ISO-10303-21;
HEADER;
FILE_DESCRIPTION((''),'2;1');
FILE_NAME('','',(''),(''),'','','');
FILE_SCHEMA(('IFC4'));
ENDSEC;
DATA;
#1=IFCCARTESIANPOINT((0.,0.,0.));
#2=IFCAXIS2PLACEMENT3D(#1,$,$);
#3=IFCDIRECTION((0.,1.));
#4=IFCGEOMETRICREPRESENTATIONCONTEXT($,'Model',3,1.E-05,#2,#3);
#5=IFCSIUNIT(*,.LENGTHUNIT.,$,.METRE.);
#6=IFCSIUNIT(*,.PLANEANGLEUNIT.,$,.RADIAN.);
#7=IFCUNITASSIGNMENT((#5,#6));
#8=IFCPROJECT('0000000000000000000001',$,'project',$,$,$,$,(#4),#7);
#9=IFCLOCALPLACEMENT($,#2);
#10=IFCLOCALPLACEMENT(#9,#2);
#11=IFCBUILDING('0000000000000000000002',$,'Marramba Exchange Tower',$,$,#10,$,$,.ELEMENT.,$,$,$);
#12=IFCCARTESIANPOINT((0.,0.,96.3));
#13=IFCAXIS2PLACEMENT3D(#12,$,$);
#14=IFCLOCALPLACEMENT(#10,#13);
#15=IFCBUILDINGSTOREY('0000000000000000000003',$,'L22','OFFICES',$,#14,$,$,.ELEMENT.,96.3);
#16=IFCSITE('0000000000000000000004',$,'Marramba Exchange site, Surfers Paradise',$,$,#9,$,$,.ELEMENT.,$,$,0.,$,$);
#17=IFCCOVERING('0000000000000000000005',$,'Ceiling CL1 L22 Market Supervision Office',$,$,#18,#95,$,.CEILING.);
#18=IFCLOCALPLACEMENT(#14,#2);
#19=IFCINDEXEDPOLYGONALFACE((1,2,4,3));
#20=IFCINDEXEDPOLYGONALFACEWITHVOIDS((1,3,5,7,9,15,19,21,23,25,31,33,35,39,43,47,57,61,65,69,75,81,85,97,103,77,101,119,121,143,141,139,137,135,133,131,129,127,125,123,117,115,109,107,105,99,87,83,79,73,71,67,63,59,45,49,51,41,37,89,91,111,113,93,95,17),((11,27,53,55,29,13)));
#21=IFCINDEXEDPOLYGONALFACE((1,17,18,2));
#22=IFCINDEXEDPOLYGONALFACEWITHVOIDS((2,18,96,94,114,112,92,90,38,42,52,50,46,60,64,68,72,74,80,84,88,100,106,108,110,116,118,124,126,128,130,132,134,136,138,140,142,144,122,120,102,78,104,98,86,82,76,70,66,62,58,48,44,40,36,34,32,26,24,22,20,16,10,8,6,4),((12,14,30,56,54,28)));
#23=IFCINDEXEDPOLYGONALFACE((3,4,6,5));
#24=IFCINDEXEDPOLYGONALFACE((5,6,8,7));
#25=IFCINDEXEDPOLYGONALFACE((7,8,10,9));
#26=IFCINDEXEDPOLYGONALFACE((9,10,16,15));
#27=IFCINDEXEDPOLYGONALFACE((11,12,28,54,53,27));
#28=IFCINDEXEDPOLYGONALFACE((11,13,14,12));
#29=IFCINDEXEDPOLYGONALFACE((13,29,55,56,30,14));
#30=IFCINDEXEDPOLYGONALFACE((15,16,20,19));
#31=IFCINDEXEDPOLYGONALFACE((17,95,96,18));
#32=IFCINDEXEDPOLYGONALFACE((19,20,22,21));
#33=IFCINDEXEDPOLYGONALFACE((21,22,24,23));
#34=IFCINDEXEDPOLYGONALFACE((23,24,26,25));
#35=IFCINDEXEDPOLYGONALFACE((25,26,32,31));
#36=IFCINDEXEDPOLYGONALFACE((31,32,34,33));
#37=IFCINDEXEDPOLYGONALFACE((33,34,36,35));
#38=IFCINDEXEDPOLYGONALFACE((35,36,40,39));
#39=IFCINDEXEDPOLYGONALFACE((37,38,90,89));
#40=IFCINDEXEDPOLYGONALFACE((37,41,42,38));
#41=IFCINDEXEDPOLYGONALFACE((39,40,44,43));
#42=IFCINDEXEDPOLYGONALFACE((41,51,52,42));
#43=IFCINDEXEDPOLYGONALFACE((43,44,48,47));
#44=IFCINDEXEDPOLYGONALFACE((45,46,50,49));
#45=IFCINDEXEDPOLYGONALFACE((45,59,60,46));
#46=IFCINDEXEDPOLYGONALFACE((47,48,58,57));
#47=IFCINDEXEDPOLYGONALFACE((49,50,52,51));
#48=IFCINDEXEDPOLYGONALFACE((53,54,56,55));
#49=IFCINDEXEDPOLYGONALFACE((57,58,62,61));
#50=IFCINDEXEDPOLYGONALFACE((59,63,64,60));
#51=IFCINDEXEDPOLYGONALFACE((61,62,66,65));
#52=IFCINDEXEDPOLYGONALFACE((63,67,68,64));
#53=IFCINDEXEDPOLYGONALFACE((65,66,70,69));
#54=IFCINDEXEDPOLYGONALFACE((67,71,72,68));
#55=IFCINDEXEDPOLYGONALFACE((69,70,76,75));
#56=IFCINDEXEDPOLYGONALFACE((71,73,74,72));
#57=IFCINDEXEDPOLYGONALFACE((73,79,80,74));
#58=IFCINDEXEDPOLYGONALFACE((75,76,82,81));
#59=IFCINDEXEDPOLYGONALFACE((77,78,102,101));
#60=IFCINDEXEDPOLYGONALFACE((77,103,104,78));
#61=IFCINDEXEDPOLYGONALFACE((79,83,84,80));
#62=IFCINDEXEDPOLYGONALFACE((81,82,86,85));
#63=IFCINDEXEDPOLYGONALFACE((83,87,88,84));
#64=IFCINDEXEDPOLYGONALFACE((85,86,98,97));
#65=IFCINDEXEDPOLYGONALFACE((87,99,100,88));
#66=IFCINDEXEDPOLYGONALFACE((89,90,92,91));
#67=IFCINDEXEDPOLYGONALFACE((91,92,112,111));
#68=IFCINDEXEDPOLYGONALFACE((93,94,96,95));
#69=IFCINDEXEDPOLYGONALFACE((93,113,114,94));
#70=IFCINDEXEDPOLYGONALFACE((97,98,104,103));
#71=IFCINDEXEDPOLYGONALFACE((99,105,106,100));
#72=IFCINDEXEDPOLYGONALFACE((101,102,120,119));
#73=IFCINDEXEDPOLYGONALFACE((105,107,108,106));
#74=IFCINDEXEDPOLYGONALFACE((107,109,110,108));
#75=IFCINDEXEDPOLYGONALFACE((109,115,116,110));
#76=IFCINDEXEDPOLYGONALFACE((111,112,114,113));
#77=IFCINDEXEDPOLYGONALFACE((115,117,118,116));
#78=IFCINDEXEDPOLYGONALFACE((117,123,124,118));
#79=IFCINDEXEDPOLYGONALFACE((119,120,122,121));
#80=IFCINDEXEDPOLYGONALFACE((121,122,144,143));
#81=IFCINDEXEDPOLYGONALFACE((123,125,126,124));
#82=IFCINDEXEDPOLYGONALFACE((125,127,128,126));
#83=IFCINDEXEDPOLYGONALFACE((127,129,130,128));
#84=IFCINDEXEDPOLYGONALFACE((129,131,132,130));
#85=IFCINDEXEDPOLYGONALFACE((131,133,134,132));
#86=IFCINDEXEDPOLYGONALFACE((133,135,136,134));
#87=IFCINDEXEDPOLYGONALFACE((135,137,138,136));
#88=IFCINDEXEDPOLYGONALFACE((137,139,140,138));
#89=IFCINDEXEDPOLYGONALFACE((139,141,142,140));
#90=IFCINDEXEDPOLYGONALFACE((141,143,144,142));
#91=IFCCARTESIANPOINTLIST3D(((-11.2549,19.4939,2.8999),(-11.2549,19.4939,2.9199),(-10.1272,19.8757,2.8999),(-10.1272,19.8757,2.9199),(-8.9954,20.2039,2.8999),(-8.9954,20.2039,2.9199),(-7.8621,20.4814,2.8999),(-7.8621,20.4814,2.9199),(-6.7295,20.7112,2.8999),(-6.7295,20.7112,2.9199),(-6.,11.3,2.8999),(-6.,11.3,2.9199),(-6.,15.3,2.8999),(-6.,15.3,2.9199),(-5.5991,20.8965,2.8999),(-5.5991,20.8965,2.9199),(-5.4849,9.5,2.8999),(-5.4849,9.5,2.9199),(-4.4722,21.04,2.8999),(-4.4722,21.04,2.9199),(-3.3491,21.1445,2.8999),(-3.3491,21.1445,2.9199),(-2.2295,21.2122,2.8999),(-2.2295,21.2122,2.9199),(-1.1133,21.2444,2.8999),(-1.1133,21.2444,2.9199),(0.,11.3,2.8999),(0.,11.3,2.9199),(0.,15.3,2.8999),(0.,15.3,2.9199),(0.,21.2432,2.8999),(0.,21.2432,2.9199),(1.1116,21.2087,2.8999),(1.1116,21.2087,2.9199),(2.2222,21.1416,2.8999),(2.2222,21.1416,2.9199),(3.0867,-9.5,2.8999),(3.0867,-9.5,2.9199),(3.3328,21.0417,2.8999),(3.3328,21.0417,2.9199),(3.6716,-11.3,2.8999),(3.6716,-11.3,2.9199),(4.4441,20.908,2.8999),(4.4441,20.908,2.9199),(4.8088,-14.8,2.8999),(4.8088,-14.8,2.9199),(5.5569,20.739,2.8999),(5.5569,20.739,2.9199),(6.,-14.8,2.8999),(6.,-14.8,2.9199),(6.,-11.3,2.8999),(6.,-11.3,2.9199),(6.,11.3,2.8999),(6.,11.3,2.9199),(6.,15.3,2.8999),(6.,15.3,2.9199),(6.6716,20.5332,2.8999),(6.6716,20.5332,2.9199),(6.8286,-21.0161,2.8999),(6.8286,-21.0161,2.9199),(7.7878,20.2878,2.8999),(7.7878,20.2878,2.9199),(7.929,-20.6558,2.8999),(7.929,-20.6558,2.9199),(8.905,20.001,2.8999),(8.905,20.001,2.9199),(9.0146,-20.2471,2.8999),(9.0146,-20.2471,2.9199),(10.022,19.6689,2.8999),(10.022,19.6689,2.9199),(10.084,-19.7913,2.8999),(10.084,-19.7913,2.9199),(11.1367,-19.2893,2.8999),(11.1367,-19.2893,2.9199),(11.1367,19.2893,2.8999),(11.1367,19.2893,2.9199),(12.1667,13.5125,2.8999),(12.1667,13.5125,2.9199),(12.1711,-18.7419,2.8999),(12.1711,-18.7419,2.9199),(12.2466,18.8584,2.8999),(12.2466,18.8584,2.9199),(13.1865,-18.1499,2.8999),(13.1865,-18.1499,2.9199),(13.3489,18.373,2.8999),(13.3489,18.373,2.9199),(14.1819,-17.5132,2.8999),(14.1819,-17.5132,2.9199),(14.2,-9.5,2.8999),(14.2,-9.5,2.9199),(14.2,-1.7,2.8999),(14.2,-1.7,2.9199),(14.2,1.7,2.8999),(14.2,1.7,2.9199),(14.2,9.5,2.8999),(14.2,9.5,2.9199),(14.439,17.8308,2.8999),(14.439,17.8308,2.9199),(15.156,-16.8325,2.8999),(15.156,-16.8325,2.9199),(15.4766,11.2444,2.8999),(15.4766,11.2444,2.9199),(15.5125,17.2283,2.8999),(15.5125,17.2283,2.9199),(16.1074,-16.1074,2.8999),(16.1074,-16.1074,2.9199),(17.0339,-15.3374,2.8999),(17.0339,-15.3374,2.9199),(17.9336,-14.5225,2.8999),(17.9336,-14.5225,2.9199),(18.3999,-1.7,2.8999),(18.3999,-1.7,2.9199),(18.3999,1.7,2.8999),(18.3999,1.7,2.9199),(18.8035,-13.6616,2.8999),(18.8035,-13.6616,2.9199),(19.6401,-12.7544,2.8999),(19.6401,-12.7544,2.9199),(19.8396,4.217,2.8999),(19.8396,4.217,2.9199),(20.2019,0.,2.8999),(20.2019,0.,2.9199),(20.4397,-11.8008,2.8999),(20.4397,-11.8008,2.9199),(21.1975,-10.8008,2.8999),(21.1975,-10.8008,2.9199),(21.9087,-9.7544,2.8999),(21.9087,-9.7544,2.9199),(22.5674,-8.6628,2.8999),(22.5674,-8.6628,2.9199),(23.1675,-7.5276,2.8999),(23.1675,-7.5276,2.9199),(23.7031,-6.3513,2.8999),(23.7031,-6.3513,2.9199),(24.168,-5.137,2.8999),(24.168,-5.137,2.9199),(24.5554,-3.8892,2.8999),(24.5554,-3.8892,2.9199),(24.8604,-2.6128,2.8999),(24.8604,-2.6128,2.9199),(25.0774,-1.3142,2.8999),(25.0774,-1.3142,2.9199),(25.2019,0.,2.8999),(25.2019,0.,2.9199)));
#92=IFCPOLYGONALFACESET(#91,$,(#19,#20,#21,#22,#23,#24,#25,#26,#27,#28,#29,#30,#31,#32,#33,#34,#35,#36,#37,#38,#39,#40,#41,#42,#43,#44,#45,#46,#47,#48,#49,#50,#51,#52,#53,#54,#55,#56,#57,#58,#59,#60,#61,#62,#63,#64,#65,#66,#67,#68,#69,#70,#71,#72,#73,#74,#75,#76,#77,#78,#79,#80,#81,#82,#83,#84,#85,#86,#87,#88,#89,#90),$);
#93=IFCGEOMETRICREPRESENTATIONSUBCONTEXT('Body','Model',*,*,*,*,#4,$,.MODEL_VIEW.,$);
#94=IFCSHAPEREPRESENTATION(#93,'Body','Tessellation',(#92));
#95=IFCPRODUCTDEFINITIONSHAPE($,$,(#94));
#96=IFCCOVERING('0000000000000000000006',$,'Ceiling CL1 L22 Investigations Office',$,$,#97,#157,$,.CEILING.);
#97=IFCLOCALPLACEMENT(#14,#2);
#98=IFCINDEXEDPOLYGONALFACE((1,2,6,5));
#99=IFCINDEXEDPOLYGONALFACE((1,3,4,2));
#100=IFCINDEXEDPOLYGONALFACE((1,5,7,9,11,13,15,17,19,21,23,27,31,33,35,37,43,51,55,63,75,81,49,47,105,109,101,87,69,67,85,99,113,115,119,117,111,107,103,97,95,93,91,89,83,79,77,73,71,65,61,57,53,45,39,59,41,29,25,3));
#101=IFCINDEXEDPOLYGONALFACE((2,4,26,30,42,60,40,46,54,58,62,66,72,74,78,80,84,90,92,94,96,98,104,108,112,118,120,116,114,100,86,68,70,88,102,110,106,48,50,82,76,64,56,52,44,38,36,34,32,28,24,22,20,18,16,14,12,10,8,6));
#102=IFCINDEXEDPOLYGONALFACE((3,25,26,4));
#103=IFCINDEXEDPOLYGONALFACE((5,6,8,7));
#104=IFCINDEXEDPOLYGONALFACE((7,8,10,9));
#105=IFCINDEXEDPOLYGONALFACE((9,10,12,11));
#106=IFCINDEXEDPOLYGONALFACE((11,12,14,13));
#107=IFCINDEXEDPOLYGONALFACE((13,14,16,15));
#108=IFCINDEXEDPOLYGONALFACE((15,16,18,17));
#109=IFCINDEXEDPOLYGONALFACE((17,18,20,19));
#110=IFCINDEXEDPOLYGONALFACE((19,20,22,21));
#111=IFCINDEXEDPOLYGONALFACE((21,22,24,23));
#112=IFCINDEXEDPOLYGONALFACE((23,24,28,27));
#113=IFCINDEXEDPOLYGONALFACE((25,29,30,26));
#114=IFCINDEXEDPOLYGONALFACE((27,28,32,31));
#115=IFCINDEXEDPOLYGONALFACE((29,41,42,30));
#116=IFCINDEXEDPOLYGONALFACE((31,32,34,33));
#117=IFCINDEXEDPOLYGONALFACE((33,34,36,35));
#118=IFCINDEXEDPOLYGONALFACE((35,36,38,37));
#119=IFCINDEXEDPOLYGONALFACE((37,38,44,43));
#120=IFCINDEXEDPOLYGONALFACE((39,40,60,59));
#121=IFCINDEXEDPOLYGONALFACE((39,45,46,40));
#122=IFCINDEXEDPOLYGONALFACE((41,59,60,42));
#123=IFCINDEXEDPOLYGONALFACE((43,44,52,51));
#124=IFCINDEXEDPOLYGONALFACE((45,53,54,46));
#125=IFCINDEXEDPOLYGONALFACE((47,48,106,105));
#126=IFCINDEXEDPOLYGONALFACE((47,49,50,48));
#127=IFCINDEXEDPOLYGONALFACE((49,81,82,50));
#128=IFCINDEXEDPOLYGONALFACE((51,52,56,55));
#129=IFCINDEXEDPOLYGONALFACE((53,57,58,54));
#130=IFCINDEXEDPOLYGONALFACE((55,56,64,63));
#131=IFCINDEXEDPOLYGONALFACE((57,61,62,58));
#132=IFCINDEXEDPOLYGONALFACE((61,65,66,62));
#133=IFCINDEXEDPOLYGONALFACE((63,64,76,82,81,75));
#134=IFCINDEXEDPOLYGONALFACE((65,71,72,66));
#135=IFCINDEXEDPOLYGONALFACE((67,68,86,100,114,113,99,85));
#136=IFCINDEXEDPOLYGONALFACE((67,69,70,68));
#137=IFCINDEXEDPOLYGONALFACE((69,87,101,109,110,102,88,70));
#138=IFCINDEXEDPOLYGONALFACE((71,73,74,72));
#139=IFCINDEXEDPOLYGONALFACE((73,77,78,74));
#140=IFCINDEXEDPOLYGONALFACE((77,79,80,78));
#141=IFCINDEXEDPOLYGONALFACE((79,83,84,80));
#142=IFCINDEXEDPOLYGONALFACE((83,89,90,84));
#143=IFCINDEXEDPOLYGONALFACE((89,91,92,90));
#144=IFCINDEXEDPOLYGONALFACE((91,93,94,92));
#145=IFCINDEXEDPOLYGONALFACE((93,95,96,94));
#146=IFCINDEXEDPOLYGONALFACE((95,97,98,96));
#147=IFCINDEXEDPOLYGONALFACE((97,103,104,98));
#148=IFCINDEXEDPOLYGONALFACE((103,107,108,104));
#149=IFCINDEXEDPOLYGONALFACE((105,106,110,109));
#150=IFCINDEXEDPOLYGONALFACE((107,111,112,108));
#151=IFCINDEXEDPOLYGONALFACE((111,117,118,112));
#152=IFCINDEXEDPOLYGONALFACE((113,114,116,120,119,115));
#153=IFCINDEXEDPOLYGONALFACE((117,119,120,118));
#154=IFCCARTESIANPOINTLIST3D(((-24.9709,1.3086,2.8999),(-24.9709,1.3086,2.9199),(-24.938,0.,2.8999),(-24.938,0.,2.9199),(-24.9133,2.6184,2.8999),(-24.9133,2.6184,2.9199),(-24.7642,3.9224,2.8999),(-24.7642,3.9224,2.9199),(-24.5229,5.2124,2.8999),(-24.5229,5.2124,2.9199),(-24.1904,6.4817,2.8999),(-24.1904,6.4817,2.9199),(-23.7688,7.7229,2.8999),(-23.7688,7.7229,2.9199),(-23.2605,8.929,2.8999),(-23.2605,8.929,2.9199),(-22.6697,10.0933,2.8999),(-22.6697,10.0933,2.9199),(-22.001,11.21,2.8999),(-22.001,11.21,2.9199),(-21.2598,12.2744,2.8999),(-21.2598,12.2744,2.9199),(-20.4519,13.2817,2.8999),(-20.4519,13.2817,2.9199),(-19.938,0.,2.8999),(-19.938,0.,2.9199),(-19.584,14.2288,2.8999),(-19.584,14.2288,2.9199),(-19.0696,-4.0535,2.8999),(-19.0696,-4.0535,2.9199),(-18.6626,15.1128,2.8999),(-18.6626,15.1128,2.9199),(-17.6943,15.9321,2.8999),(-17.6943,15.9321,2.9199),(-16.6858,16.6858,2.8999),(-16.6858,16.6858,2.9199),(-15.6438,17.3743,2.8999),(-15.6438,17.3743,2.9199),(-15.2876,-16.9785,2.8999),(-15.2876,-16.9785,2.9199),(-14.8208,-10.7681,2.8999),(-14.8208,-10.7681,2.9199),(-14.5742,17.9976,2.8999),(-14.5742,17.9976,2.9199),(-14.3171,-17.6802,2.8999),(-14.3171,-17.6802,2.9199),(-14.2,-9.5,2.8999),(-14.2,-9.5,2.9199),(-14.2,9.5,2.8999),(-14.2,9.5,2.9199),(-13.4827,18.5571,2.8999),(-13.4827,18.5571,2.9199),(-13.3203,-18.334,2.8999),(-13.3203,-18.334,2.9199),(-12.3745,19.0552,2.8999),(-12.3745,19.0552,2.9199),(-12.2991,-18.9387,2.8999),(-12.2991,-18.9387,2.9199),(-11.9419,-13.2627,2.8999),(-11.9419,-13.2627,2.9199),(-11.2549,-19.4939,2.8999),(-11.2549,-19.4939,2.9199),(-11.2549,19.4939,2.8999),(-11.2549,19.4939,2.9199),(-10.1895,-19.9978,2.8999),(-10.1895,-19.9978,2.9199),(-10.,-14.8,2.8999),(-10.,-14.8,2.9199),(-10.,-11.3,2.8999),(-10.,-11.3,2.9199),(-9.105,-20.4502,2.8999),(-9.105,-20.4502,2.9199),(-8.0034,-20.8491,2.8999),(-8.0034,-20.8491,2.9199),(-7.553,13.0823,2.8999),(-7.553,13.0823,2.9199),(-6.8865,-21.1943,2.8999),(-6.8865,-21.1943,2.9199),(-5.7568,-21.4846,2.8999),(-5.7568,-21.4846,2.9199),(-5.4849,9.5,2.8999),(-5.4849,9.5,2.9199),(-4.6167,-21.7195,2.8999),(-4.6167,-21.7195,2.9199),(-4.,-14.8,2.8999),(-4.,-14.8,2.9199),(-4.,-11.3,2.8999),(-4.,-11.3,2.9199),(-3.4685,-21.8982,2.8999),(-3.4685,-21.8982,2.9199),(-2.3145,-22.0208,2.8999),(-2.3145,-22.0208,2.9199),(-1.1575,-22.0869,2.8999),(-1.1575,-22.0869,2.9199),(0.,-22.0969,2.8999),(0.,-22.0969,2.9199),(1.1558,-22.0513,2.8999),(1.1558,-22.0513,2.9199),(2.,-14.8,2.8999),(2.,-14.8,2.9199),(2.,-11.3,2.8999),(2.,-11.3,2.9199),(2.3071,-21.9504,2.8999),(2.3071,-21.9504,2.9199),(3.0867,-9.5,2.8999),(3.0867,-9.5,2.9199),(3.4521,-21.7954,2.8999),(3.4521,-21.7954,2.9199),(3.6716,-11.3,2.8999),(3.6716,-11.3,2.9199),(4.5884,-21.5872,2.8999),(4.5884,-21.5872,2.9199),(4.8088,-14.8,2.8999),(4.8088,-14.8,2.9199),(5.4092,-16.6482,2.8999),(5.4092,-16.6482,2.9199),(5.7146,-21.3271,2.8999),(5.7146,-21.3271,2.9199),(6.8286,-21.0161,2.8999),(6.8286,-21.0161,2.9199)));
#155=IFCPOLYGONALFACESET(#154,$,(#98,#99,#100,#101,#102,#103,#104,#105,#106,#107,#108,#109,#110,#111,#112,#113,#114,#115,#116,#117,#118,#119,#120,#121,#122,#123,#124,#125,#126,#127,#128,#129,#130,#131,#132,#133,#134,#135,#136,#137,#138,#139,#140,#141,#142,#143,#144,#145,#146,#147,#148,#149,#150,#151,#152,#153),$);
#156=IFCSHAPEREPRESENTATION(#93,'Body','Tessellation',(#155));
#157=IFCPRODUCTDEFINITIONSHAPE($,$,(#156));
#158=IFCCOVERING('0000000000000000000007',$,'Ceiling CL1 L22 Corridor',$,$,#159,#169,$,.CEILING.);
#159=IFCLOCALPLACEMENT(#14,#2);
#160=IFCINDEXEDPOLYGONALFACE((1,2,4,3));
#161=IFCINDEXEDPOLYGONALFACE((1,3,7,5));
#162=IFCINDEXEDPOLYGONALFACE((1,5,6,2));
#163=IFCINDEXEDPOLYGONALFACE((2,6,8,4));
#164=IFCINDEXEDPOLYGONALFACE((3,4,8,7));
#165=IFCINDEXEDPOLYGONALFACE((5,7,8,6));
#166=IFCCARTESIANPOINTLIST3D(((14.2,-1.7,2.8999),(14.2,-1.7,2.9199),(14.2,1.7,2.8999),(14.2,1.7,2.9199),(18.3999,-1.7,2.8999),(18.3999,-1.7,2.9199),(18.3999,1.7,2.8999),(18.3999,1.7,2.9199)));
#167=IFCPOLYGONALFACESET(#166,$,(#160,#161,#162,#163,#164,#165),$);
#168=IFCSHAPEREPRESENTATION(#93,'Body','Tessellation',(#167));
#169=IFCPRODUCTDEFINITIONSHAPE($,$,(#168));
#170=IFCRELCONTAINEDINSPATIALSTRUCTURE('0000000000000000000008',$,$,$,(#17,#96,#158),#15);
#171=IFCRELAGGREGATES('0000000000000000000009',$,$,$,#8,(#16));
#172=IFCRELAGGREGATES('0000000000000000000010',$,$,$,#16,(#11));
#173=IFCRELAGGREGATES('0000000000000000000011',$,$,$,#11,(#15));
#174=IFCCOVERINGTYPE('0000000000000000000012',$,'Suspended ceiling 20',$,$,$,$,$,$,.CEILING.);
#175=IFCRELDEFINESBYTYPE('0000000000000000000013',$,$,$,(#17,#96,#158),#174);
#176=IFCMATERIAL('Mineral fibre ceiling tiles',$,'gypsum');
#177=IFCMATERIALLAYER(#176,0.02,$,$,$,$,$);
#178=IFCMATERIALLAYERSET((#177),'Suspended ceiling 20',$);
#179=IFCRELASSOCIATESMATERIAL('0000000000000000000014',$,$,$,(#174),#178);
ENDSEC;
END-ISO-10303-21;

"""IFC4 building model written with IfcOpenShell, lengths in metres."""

from ifc_helpers import new_model, si_unit, direction, frame, origin, place, context, subcontext, project, spatial, polyline, outline, extrude, material, layer, layer_set, type_object, element, save


model = new_model("IFC4")

# Units and contexts
model_context = context("Model", 3, precision=1e-05, world=origin(), true_north=direction((0.0, 1.0)))
body_context = subcontext(model_context, "Body", "Model", "MODEL_VIEW")
ifc_project = project(units=[si_unit("LENGTHUNIT", "METRE"), si_unit("PLANEANGLEUNIT", "RADIAN")], contexts=[model_context])

# Site, building, storey
site_placement = place(None, origin())
site = spatial("IfcSite", under=ifc_project, at=site_placement, Name="Marramba Exchange site, Surfers Paradise", CompositionType="ELEMENT", RefElevation=0.0)
building_placement = place(site_placement, origin())
building = spatial("IfcBuilding", under=site, at=building_placement, Name="Marramba Exchange Tower", CompositionType="ELEMENT")
storey_placement = place(building_placement, frame((0.0, 0.0, 96.3)))
storey = spatial("IfcBuildingStorey", under=building, at=storey_placement, Name="L22", Description="OFFICES", CompositionType="ELEMENT", Elevation=96.3)

# Coverings
ifc_material_1 = material(Name="Mineral fibre ceiling tiles", Category="gypsum")
ifc_layer_1 = layer(ifc_material_1, 0.02)
ifc_layer_set_1 = layer_set([ifc_layer_1], Name="Suspended ceiling 20")
covering_type = type_object("IfcCoveringType", Name="Suspended ceiling 20", PredefinedType="CEILING", material=ifc_layer_set_1)
covering_1_placement = place(storey_placement, frame((0.0, 0.0, 2.8999)))
element("IfcCovering", 1, at=covering_1_placement, inside=storey, type_object=covering_type, Name="Ceiling CL1 L22 Market Supervision Office", PredefinedType="CEILING", context=body_context, shape_type="SweptSolid", body=[
    extrude(outline(polyline([(14.2, -1.7), (18.3999, -1.7), (18.3999, 1.7), (14.2, 1.7), (14.2, 9.5), (-5.4849, 9.5), (-11.2549, 19.4939), (-10.1272, 19.8757), (-8.9954, 20.2039), (-7.8621, 20.4814), (-6.7295, 20.7112), (-5.5991, 20.8965), (-4.4722, 21.04), (-3.3491, 21.1445), (-2.2295, 21.2122), (-1.1133, 21.2444), (0.0, 21.2432), (1.1116, 21.2087), (2.2222, 21.1416), (3.3328, 21.0417), (4.4441, 20.908), (5.5569, 20.739), (6.6716, 20.5332), (7.7878, 20.2878), (8.905, 20.001), (10.022, 19.6689), (11.1367, 19.2893), (12.2466, 18.8584), (13.3489, 18.373), (14.439, 17.8308), (15.5125, 17.2283), (12.1667, 13.5125), (15.4766, 11.2444), (19.8396, 4.217), (20.2019, 0.0), (25.2019, 0.0), (25.0774, -1.3142), (24.8604, -2.6128), (24.5554, -3.8892), (24.168, -5.137), (23.7031, -6.3513), (23.1675, -7.5276), (22.5674, -8.6628), (21.9087, -9.7544), (21.1975, -10.8008), (20.4397, -11.8008), (19.6401, -12.7544), (18.8035, -13.6616), (17.9336, -14.5225), (17.0339, -15.3374), (16.1074, -16.1074), (15.156, -16.8325), (14.1819, -17.5132), (13.1865, -18.1499), (12.1711, -18.7419), (11.1367, -19.2893), (10.084, -19.7913), (9.0146, -20.2471), (7.929, -20.6558), (6.8286, -21.0161), (4.8088, -14.8), (6.0, -14.8), (6.0, -11.3), (3.6716, -11.3), (3.0867, -9.5), (14.2, -9.5), (14.2, -1.7)]), holes=[polyline([(-6.0, 11.3), (0.0, 11.3), (6.0, 11.3), (6.0, 15.3), (0.0, 15.3), (-6.0, 15.3), (-6.0, 11.3)])]), origin(), (0.0, 0.0, 1.0), 0.02),
])
covering_2_placement = place(storey_placement, frame((0.0, 0.0, 2.8999)))
element("IfcCovering", 2, at=covering_2_placement, inside=storey, type_object=covering_type, Name="Ceiling CL1 L22 Investigations Office", PredefinedType="CEILING", context=body_context, shape_type="SweptSolid", body=[
    extrude(outline(polyline([(-14.2, -9.5), (3.0867, -9.5), (3.6716, -11.3), (2.0, -11.3), (-4.0, -11.3), (-10.0, -11.3), (-10.0, -14.8), (-4.0, -14.8), (2.0, -14.8), (4.8088, -14.8), (5.4092, -16.6482), (6.8286, -21.0161), (5.7146, -21.3271), (4.5884, -21.5872), (3.4521, -21.7954), (2.3071, -21.9504), (1.1558, -22.0513), (0.0, -22.0969), (-1.1575, -22.0869), (-2.3145, -22.0208), (-3.4685, -21.8982), (-4.6167, -21.7195), (-5.7568, -21.4846), (-6.8865, -21.1943), (-8.0034, -20.8491), (-9.105, -20.4502), (-10.1895, -19.9978), (-11.2549, -19.4939), (-12.2991, -18.9387), (-13.3203, -18.334), (-14.3171, -17.6802), (-15.2876, -16.9785), (-11.9419, -13.2627), (-14.8208, -10.7681), (-19.0696, -4.0535), (-19.938, 0.0), (-24.938, 0.0), (-24.9709, 1.3086), (-24.9133, 2.6184), (-24.7642, 3.9224), (-24.5229, 5.2124), (-24.1904, 6.4817), (-23.7688, 7.7229), (-23.2605, 8.929), (-22.6697, 10.0933), (-22.001, 11.21), (-21.2598, 12.2744), (-20.4519, 13.2817), (-19.584, 14.2288), (-18.6626, 15.1128), (-17.6943, 15.9321), (-16.6858, 16.6858), (-15.6438, 17.3743), (-14.5742, 17.9976), (-13.4827, 18.5571), (-12.3745, 19.0552), (-11.2549, 19.4939), (-7.553, 13.0823), (-5.4849, 9.5), (-14.2, 9.5), (-14.2, -9.5)])), origin(), (0.0, 0.0, 1.0), 0.02),
])
covering_3_placement = place(storey_placement, frame((0.0, 0.0, 2.8999)))
element("IfcCovering", 3, at=covering_3_placement, inside=storey, type_object=covering_type, Name="Ceiling CL1 L22 Corridor", PredefinedType="CEILING", context=body_context, shape_type="SweptSolid", body=[
    extrude(outline(polyline([(14.2, -1.7), (14.2, 1.7), (18.3999, 1.7), (18.3999, -1.7), (14.2, -1.7)])), origin(), (0.0, 0.0, 1.0), 0.02),
])

save(model, "model.ifc")
